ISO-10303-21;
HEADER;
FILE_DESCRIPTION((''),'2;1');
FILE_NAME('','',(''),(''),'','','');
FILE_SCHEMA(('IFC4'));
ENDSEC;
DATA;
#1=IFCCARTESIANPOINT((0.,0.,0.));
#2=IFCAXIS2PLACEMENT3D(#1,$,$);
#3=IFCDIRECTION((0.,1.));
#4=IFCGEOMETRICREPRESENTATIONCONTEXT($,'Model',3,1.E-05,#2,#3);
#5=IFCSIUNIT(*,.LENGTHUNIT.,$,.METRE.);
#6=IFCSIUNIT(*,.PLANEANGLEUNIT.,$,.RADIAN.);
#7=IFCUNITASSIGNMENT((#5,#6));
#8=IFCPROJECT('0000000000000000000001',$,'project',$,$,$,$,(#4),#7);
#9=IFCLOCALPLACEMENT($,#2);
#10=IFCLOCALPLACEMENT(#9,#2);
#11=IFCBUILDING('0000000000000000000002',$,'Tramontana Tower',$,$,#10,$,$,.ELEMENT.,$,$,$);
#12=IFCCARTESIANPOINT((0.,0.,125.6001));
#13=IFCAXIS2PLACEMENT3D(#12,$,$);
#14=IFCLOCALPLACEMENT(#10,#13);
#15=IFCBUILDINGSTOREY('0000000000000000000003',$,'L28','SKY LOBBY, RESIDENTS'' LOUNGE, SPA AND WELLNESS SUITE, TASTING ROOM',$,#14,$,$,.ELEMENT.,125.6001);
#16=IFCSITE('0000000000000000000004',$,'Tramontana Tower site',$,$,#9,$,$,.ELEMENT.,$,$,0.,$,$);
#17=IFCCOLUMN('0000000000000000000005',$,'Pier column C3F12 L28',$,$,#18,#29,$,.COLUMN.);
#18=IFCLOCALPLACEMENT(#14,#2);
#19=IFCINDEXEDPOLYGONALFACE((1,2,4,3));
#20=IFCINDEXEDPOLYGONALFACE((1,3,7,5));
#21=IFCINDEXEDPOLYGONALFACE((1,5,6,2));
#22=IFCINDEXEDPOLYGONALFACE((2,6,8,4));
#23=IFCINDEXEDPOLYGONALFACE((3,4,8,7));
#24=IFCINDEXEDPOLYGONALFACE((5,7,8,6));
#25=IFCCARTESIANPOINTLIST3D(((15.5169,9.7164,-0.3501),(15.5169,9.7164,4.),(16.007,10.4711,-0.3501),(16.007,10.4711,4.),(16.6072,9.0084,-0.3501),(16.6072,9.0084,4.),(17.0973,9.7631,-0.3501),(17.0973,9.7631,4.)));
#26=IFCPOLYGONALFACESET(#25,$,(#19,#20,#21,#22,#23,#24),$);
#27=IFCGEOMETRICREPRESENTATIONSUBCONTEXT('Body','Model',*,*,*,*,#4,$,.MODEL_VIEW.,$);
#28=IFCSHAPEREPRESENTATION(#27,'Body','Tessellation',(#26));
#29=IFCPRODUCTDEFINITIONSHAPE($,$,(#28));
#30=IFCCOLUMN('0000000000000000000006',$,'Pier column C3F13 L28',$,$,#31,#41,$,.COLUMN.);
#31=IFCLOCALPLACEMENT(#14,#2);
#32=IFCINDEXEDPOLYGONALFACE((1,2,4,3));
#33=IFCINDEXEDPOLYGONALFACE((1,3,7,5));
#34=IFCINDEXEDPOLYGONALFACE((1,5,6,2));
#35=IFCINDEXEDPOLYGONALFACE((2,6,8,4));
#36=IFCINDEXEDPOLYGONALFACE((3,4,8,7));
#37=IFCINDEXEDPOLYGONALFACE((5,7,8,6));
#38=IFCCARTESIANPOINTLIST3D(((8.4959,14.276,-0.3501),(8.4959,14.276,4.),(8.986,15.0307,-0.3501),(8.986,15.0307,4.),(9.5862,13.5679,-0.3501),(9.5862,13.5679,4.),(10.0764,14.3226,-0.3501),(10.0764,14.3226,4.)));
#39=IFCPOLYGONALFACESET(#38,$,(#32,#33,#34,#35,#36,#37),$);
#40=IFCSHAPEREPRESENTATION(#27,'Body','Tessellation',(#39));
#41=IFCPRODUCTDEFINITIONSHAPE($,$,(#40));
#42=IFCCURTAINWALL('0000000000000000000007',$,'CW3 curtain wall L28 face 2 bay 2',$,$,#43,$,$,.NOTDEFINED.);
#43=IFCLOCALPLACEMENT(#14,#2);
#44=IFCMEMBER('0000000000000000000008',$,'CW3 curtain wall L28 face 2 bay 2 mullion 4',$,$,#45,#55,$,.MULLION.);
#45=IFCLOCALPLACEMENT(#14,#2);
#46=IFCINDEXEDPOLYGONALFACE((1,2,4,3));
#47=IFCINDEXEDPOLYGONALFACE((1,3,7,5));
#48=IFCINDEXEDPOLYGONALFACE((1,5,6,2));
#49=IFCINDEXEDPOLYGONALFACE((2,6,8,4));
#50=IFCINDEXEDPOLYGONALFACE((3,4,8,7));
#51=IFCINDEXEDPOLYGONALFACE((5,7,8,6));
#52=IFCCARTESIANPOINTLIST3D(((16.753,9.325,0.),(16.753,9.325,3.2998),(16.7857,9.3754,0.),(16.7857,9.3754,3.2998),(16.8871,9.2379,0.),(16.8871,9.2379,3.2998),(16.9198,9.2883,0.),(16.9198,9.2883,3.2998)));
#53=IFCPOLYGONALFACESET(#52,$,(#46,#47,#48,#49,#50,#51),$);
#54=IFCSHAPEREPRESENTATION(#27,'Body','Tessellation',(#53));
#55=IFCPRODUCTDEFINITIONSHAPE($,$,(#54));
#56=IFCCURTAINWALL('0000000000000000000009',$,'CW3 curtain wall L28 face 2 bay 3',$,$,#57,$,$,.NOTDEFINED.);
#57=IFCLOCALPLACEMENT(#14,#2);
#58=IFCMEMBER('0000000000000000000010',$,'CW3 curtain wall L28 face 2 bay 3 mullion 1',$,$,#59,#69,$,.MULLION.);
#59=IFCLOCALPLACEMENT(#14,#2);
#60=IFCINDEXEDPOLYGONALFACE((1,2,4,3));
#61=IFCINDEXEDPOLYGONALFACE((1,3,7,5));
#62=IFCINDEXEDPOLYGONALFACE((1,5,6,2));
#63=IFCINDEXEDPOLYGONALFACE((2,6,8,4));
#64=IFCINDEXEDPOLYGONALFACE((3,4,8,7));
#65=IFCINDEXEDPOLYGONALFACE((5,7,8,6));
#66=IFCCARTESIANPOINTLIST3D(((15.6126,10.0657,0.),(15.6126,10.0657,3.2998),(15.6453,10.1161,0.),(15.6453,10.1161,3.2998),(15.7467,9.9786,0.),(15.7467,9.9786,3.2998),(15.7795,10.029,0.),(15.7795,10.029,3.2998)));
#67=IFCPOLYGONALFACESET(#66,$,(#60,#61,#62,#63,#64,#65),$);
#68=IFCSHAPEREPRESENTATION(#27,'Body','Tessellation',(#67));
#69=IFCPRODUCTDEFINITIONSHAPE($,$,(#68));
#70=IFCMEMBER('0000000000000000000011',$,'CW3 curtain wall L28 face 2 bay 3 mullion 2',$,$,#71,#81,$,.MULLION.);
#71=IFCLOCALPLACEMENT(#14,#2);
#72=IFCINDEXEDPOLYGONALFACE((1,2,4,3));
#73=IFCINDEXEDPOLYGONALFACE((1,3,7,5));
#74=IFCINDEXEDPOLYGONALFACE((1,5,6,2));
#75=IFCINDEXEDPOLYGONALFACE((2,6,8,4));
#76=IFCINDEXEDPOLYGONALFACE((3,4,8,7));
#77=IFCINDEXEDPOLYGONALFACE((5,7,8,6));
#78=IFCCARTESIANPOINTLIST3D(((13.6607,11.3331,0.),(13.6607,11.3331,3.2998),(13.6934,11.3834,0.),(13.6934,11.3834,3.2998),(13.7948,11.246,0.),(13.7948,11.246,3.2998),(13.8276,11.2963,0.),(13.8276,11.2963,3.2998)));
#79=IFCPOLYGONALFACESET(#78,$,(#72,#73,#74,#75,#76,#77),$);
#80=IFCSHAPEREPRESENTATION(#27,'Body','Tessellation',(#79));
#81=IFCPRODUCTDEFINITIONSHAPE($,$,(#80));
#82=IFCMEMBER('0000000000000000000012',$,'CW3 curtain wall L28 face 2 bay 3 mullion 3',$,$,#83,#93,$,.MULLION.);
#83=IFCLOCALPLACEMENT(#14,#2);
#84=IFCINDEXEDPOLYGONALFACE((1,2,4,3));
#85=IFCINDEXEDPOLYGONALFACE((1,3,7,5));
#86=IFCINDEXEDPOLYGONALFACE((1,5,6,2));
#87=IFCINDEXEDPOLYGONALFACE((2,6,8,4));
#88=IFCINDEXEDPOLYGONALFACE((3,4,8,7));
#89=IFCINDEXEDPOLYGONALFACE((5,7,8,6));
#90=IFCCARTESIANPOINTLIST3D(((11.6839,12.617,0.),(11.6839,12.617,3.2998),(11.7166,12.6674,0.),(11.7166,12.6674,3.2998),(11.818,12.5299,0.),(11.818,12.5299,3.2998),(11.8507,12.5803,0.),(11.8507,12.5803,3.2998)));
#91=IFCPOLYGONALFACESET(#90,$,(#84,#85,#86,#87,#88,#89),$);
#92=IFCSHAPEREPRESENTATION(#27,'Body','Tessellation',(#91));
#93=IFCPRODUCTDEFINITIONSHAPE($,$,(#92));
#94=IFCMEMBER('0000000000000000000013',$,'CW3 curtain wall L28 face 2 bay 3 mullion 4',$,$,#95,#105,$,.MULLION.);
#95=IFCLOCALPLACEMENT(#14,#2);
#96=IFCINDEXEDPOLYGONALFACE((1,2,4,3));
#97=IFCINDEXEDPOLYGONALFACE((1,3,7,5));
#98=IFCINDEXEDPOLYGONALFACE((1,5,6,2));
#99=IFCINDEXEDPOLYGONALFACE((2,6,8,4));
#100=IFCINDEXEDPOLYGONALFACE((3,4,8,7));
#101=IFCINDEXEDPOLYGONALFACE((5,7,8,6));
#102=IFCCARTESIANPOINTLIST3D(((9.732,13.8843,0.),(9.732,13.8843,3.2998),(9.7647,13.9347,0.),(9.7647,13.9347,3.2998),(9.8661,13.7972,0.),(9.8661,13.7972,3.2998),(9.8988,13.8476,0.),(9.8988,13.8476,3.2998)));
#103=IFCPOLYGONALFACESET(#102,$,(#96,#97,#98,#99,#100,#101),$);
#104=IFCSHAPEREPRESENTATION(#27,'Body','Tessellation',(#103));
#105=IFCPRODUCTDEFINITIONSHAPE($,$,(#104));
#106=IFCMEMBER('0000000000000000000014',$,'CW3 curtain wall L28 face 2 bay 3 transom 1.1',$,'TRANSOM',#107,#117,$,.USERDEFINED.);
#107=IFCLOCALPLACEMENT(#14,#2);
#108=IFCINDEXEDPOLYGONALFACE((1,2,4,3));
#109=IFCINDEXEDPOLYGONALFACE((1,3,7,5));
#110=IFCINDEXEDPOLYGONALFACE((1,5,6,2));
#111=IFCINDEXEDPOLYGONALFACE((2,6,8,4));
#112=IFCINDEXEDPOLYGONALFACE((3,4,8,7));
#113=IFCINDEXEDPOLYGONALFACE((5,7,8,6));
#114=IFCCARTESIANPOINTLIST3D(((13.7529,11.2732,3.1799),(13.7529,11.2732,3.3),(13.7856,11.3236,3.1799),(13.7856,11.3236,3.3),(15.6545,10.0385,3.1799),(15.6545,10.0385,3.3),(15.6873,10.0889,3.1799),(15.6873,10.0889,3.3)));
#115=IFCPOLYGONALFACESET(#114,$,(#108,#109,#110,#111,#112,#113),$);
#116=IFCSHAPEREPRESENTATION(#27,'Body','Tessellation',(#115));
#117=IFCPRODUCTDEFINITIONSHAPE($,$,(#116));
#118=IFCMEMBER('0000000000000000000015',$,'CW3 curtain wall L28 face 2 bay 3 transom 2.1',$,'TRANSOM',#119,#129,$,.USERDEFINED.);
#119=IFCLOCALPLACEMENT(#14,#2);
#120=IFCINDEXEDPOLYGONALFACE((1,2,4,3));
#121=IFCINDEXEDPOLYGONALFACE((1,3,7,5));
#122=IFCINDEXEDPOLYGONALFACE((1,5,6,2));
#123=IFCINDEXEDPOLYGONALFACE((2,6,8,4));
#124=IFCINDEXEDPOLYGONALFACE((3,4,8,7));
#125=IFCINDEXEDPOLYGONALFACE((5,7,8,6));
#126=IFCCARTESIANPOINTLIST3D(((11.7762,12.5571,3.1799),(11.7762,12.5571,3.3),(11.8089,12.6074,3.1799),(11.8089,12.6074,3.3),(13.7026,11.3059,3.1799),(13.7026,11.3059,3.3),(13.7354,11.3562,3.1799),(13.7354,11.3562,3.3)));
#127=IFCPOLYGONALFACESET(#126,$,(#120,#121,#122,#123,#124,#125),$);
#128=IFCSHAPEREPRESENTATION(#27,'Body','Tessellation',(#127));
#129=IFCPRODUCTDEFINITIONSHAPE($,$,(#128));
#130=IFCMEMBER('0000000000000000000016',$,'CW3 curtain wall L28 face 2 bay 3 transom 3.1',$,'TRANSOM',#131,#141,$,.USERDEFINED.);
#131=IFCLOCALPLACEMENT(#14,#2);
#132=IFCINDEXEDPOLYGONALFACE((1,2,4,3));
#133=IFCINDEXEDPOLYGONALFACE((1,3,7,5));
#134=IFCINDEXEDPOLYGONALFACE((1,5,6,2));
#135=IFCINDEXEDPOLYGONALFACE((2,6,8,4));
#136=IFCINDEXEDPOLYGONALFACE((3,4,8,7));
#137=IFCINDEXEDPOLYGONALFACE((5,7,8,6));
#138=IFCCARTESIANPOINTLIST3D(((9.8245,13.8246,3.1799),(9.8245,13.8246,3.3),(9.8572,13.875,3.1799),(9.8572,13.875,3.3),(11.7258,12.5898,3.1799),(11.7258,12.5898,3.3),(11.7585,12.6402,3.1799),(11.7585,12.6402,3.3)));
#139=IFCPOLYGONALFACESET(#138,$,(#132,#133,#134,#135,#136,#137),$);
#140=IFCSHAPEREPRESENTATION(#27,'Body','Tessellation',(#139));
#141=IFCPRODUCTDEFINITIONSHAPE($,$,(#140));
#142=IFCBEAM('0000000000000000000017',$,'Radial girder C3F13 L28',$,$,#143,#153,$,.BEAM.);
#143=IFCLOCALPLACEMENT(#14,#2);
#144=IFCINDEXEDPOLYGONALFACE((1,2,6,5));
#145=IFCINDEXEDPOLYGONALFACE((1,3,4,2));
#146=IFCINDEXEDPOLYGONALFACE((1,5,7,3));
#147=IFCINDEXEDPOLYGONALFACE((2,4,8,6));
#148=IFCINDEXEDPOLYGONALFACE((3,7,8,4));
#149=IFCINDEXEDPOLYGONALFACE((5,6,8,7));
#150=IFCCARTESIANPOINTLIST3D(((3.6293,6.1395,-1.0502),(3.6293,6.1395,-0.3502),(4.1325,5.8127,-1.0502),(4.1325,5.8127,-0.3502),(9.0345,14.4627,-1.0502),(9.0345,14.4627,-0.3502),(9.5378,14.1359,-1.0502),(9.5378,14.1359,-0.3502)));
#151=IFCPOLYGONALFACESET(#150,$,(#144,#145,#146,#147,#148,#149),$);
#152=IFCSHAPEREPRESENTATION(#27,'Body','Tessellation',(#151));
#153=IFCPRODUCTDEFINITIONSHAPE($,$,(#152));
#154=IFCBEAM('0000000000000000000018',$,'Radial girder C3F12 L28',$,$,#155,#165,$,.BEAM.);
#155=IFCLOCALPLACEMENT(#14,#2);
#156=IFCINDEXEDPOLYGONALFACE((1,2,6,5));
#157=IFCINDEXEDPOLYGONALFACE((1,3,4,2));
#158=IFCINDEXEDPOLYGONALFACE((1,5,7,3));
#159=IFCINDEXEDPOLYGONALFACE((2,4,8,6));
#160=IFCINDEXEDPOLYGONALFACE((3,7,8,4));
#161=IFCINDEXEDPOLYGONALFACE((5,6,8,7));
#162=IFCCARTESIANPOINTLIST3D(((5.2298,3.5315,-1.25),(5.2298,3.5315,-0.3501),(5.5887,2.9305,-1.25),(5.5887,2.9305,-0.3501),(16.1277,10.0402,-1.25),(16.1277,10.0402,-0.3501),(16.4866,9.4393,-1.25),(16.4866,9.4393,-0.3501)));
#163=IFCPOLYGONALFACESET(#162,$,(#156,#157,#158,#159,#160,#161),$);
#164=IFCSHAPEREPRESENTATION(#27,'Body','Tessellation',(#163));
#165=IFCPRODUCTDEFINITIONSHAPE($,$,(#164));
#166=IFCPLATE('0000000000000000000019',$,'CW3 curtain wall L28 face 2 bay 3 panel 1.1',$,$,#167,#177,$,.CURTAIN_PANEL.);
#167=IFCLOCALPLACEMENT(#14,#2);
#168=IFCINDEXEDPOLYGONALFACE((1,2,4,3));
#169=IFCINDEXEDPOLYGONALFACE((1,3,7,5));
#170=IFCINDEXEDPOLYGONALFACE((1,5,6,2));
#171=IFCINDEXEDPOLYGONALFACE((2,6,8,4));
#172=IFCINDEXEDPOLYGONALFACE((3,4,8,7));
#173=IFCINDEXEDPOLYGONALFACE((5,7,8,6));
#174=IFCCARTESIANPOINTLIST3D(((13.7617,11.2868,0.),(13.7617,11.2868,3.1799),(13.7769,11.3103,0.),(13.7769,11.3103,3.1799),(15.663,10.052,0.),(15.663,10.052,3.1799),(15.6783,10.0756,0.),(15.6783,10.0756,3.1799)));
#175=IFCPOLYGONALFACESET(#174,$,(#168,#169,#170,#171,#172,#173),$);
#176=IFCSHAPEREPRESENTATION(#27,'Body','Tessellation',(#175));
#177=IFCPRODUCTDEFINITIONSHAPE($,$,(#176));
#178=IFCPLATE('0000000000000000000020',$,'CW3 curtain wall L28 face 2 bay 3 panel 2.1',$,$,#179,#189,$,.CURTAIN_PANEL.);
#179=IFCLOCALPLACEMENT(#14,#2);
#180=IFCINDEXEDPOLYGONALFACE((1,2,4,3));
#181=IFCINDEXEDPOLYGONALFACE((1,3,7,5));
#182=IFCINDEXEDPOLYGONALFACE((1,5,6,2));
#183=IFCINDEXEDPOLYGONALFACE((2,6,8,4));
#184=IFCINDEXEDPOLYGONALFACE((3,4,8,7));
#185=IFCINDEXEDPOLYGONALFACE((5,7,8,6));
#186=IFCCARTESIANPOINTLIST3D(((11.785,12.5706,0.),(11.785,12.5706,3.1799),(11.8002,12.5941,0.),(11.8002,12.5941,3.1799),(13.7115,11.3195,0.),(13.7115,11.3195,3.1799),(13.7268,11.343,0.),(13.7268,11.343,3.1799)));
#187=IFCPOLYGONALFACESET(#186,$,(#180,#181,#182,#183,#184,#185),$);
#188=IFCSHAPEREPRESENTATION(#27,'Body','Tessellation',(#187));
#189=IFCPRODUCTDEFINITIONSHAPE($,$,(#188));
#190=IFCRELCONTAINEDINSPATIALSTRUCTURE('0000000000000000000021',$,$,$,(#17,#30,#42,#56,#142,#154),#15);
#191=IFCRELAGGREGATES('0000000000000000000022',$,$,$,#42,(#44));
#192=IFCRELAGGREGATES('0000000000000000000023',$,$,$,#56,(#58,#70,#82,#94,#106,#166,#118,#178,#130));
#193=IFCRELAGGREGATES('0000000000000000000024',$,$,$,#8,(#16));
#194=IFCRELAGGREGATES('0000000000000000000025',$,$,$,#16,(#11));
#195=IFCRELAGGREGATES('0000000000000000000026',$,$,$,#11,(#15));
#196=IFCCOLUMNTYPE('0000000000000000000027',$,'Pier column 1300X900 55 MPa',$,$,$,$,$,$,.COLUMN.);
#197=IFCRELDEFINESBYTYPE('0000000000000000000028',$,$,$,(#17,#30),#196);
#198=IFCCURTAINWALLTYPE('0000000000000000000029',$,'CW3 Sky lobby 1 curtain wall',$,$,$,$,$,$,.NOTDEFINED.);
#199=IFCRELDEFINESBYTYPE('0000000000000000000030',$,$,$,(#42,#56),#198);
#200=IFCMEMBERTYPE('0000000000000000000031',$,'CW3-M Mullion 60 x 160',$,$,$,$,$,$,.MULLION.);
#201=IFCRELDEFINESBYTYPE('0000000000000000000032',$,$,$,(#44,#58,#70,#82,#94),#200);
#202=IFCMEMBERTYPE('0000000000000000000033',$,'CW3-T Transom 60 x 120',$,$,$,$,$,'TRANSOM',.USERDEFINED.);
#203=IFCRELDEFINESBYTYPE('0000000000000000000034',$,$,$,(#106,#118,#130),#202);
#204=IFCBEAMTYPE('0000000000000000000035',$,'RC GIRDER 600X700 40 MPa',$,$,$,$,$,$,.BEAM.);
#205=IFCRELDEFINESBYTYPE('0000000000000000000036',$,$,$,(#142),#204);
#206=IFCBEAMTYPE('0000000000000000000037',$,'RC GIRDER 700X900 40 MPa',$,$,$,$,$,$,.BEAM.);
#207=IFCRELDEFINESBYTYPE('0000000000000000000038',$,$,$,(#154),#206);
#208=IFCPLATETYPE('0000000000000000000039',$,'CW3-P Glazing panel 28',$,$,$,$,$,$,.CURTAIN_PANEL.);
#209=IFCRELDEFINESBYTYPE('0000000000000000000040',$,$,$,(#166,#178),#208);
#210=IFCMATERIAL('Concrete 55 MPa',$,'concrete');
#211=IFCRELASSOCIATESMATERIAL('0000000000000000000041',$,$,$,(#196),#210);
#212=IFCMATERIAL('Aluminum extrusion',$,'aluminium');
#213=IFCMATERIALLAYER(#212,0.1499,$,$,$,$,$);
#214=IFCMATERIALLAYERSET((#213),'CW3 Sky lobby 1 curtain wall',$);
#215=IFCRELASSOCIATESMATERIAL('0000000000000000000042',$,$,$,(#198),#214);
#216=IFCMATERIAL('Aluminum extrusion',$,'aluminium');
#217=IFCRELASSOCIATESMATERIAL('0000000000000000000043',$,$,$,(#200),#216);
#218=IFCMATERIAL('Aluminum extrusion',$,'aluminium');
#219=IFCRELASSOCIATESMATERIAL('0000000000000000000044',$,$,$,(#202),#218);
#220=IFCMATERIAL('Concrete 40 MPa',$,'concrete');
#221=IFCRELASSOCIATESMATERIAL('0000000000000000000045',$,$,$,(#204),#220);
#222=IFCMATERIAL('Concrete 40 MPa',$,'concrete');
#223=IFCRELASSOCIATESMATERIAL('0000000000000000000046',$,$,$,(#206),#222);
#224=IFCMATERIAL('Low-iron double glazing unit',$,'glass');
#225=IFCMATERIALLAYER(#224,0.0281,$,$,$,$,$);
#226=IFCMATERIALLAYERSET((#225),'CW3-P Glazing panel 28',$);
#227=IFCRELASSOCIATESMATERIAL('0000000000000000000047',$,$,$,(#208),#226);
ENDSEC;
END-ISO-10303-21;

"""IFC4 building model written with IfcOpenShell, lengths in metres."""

from ifc_helpers import new_model, si_unit, direction, frame, origin, origin_2d, place, context, subcontext, project, spatial, rectangle, extrude, material, layer, layer_set, material_profile, profile_set, type_object, element, aggregate, save


model = new_model("IFC4")

# Units and contexts
model_context = context("Model", 3, precision=1e-05, world=origin(), true_north=direction((0.0, 1.0)))
body_context = subcontext(model_context, "Body", "Model", "MODEL_VIEW")
ifc_project = project(units=[si_unit("LENGTHUNIT", "METRE"), si_unit("PLANEANGLEUNIT", "RADIAN")], contexts=[model_context])

# Site, building, storey
site_placement = place(None, origin())
site = spatial("IfcSite", under=ifc_project, at=site_placement, Name="Tramontana Tower site", CompositionType="ELEMENT", RefElevation=0.0)
building_placement = place(site_placement, origin())
building = spatial("IfcBuilding", under=site, at=building_placement, Name="Tramontana Tower", CompositionType="ELEMENT")
storey_placement = place(building_placement, frame((0.0, 0.0, 125.6001)))
storey = spatial("IfcBuildingStorey", under=building, at=storey_placement, Name="L28", Description="SKY LOBBY, RESIDENTS' LOUNGE, SPA AND WELLNESS SUITE, TASTING ROOM", CompositionType="ELEMENT", Elevation=125.6001)

# Columns
ifc_material_1 = material(Name="Concrete 55 MPa", Category="concrete")
ifc_material_profile_1 = material_profile(ifc_material_1, rectangle(XDim=1.3, YDim=0.8999, at=origin_2d()), Name="Pier column 1300X900 55 MPa")
ifc_profile_set_1 = profile_set([ifc_material_profile_1], Name="Concrete 55 MPa")
column_type = type_object("IfcColumnType", Name="Pier column 1300X900 55 MPa", PredefinedType="COLUMN", material=ifc_profile_set_1)
for number, where, z_axis, x_axis, name in (
    (1, (16.3071, 9.7397, -0.3501), (0.0, 0.0, 1.0), (-0.838671, 0.544639, 0.0), "Pier column C3F12 L28"),
    (2, (9.2861, 14.2993, -0.3501), (0.0, 0.0, 1.0), (-0.838671, 0.544639, 0.0), "Pier column C3F13 L28"),
):
    element("IfcColumn", number, at=place(storey_placement, frame(where, z_axis=z_axis, x_axis=x_axis)), inside=storey, type_object=column_type, Name=name, PredefinedType="COLUMN", context=body_context, shape_type="SweptSolid", body=[
        extrude(rectangle(XDim=1.3, YDim=0.8999, at=origin_2d()), origin(), (0.0, 0.0, 1.0), 4.3501),
    ])

# Curtain wall, member
ifc_material_2 = material(Name="Aluminum extrusion", Category="aluminium")
ifc_layer_1 = layer(ifc_material_2, 0.1499)
ifc_layer_set_1 = layer_set([ifc_layer_1], Name="CW3 Sky lobby 1 curtain wall")
curtain_wall_type = type_object("IfcCurtainWallType", Name="CW3 Sky lobby 1 curtain wall", PredefinedType="NOTDEFINED", material=ifc_layer_set_1)
curtain_wall_1_placement = place(storey_placement, origin())
curtain_wall_1 = element("IfcCurtainWall", 3, at=curtain_wall_1_placement, inside=storey, type_object=curtain_wall_type, Name="CW3 curtain wall L28 face 2 bay 2", PredefinedType="NOTDEFINED")
ifc_material_3 = material(Name="Aluminum extrusion", Category="aluminium")
ifc_material_profile_2 = material_profile(ifc_material_3, rectangle(XDim=0.0601, YDim=0.1599, at=origin_2d()), Name="CW3-M Mullion 60 x 160")
ifc_profile_set_2 = profile_set([ifc_material_profile_2], Name="Aluminum extrusion")
member_type_1 = type_object("IfcMemberType", Name="CW3-M Mullion 60 x 160", PredefinedType="MULLION", material=ifc_profile_set_2)
member_1_placement = place(storey_placement, frame((16.8364, 9.3066, 0.0), z_axis=(0.0, 0.0, 1.0), x_axis=(-0.544639, -0.838671, 0.0)))
member_1 = element("IfcMember", 4, at=member_1_placement, type_object=member_type_1, Name="CW3 curtain wall L28 face 2 bay 2 mullion 4", PredefinedType="MULLION", context=body_context, shape_type="SweptSolid", body=[
    extrude(rectangle(XDim=0.0601, YDim=0.1599, at=origin_2d()), origin(), (0.0, 0.0, 1.0), 3.2998),
])
aggregate(curtain_wall_1, [member_1])

# Curtain wall, members
curtain_wall_2_placement = place(storey_placement, origin())
curtain_wall_2 = element("IfcCurtainWall", 5, at=curtain_wall_2_placement, inside=storey, type_object=curtain_wall_type, Name="CW3 curtain wall L28 face 2 bay 3", PredefinedType="NOTDEFINED")
member_2_placement = place(storey_placement, frame((15.696, 10.0474, 0.0), z_axis=(0.0, 0.0, 1.0), x_axis=(-0.544639, -0.838671, 0.0)))
member_2 = element("IfcMember", 6, at=member_2_placement, type_object=member_type_1, Name="CW3 curtain wall L28 face 2 bay 3 mullion 1", PredefinedType="MULLION", context=body_context, shape_type="SweptSolid", body=[
    extrude(rectangle(XDim=0.0601, YDim=0.1599, at=origin_2d()), origin(), (0.0, 0.0, 1.0), 3.2998),
])
member_3_placement = place(storey_placement, frame((13.7441, 11.3147, 0.0), z_axis=(0.0, 0.0, 1.0), x_axis=(-0.544639, -0.838671, 0.0)))
member_3 = element("IfcMember", 7, at=member_3_placement, type_object=member_type_1, Name="CW3 curtain wall L28 face 2 bay 3 mullion 2", PredefinedType="MULLION", context=body_context, shape_type="SweptSolid", body=[
    extrude(rectangle(XDim=0.0601, YDim=0.1599, at=origin_2d()), origin(), (0.0, 0.0, 1.0), 3.2998),
])
member_4_placement = place(storey_placement, frame((11.7673, 12.5986, 0.0), z_axis=(0.0, 0.0, 1.0), x_axis=(-0.544639, -0.838671, 0.0)))
member_4 = element("IfcMember", 8, at=member_4_placement, type_object=member_type_1, Name="CW3 curtain wall L28 face 2 bay 3 mullion 3", PredefinedType="MULLION", context=body_context, shape_type="SweptSolid", body=[
    extrude(rectangle(XDim=0.0601, YDim=0.1599, at=origin_2d()), origin(), (0.0, 0.0, 1.0), 3.2998),
])
member_5_placement = place(storey_placement, frame((9.8154, 13.866, 0.0), z_axis=(0.0, 0.0, 1.0), x_axis=(-0.544639, -0.838671, 0.0)))
member_5 = element("IfcMember", 9, at=member_5_placement, type_object=member_type_1, Name="CW3 curtain wall L28 face 2 bay 3 mullion 4", PredefinedType="MULLION", context=body_context, shape_type="SweptSolid", body=[
    extrude(rectangle(XDim=0.0601, YDim=0.1599, at=origin_2d()), origin(), (0.0, 0.0, 1.0), 3.2998),
])
ifc_material_4 = material(Name="Aluminum extrusion", Category="aluminium")
ifc_material_profile_3 = material_profile(ifc_material_4, rectangle(XDim=0.0601, YDim=0.1201, at=origin_2d()), Name="CW3-T Transom 60 x 120")
ifc_profile_set_3 = profile_set([ifc_material_profile_3], Name="Aluminum extrusion")
member_type_2 = type_object("IfcMemberType", Name="CW3-T Transom 60 x 120", ElementType="TRANSOM", PredefinedType="USERDEFINED", material=ifc_profile_set_3)
member_6_placement = place(storey_placement, frame((15.6709, 10.0637, 3.24), z_axis=(-0.838731, 0.544545, 0.0), x_axis=(-0.544545, -0.838731, 0.0)))
member_6 = element("IfcMember", 10, at=member_6_placement, type_object=member_type_2, Name="CW3 curtain wall L28 face 2 bay 3 transom 1.1", ObjectType="TRANSOM", PredefinedType="USERDEFINED", context=body_context, shape_type="SweptSolid", body=[
    extrude(rectangle(XDim=0.0601, YDim=0.1201, at=origin_2d()), origin(), (0.0, 0.0, 1.0), 2.2673),
])
member_7_placement = place(storey_placement, frame((13.719, 11.3311, 3.24), z_axis=(-0.838645, 0.544678, 0.0), x_axis=(-0.544678, -0.838645, 0.0)))
member_7 = element("IfcMember", 11, at=member_7_placement, type_object=member_type_2, Name="CW3 curtain wall L28 face 2 bay 3 transom 2.1", ObjectType="TRANSOM", PredefinedType="USERDEFINED", context=body_context, shape_type="SweptSolid", body=[
    extrude(rectangle(XDim=0.0601, YDim=0.1201, at=origin_2d()), origin(), (0.0, 0.0, 1.0), 2.2971),
])
member_8_placement = place(storey_placement, frame((11.7422, 12.615, 3.24), z_axis=(-0.83865, 0.54467, 0.0), x_axis=(-0.54467, -0.83865, 0.0)))
member_8 = element("IfcMember", 12, at=member_8_placement, type_object=member_type_2, Name="CW3 curtain wall L28 face 2 bay 3 transom 3.1", ObjectType="TRANSOM", PredefinedType="USERDEFINED", context=body_context, shape_type="SweptSolid", body=[
    extrude(rectangle(XDim=0.0601, YDim=0.1201, at=origin_2d()), origin(), (0.0, 0.0, 1.0), 2.2671),
])

# Beams
ifc_material_5 = material(Name="Concrete 40 MPa", Category="concrete")
ifc_material_profile_4 = material_profile(ifc_material_5, rectangle(XDim=0.6001, YDim=0.7, at=origin_2d()), Name="RC GIRDER 600X700 40 MPa")
ifc_profile_set_4 = profile_set([ifc_material_profile_4], Name="Concrete 40 MPa")
beam_type_1 = type_object("IfcBeamType", Name="RC GIRDER 600X700 40 MPa", PredefinedType="BEAM", material=ifc_profile_set_4)
beam_1_placement = place(storey_placement, frame((9.2861, 14.2993, -0.7002), z_axis=(-0.544646, -0.838666, 0.0), x_axis=(0.838666, -0.544646, 0.0)))
element("IfcBeam", 13, at=beam_1_placement, inside=storey, type_object=beam_type_1, Name="Radial girder C3F13 L28", PredefinedType="BEAM", context=body_context, shape_type="SweptSolid", body=[
    extrude(rectangle(XDim=0.6001, YDim=0.7, at=origin_2d()), origin(), (0.0, 0.0, 1.0), 9.9243),
])
ifc_material_6 = material(Name="Concrete 40 MPa", Category="concrete")
ifc_material_profile_5 = material_profile(ifc_material_6, rectangle(XDim=0.7, YDim=0.8999, at=origin_2d()), Name="RC GIRDER 700X900 40 MPa")
ifc_profile_set_5 = profile_set([ifc_material_profile_5], Name="Concrete 40 MPa")
beam_type_2 = type_object("IfcBeamType", Name="RC GIRDER 700X900 40 MPa", PredefinedType="BEAM", material=ifc_profile_set_5)
beam_2_placement = place(storey_placement, frame((16.3071, 9.7397, -0.8), z_axis=(-0.858533, -0.512758, 0.0), x_axis=(0.512758, -0.858533, 0.0)))
element("IfcBeam", 14, at=beam_2_placement, inside=storey, type_object=beam_type_2, Name="Radial girder C3F12 L28", PredefinedType="BEAM", context=body_context, shape_type="SweptSolid", body=[
    extrude(rectangle(XDim=0.7, YDim=0.8999, at=origin_2d()), origin(), (0.0, 0.0, 1.0), 12.6936),
])

# Plates
ifc_material_7 = material(Name="Low-iron double glazing unit", Category="glass")
ifc_layer_2 = layer(ifc_material_7, 0.0281)
ifc_layer_set_2 = layer_set([ifc_layer_2], Name="CW3-P Glazing panel 28")
plate_type = type_object("IfcPlateType", Name="CW3-P Glazing panel 28", PredefinedType="CURTAIN_PANEL", material=ifc_layer_set_2)
plate_1_placement = place(storey_placement, frame((14.72, 10.6812, 0.0), z_axis=(0.0, 0.0, 1.0), x_axis=(-0.838671, 0.544639, 0.0)))
plate_1 = element("IfcPlate", 15, at=plate_1_placement, type_object=plate_type, Name="CW3 curtain wall L28 face 2 bay 3 panel 1.1", PredefinedType="CURTAIN_PANEL", context=body_context, shape_type="SweptSolid", body=[
    extrude(rectangle(XDim=2.2671, YDim=0.0281, at=origin_2d()), origin(), (0.0, 0.0, 1.0), 3.1799),
])
plate_2_placement = place(storey_placement, frame((12.7559, 11.9568, 0.0), z_axis=(0.0, 0.0, 1.0), x_axis=(-0.838671, 0.544639, 0.0)))
plate_2 = element("IfcPlate", 16, at=plate_2_placement, type_object=plate_type, Name="CW3 curtain wall L28 face 2 bay 3 panel 2.1", PredefinedType="CURTAIN_PANEL", context=body_context, shape_type="SweptSolid", body=[
    extrude(rectangle(XDim=2.2971, YDim=0.0281, at=origin_2d()), origin(), (0.0, 0.0, 1.0), 3.1799),
])
aggregate(curtain_wall_2, [member_2, member_3, member_4, member_5, member_6, plate_1, member_7, plate_2, member_8])

save(model, "model.ifc")
